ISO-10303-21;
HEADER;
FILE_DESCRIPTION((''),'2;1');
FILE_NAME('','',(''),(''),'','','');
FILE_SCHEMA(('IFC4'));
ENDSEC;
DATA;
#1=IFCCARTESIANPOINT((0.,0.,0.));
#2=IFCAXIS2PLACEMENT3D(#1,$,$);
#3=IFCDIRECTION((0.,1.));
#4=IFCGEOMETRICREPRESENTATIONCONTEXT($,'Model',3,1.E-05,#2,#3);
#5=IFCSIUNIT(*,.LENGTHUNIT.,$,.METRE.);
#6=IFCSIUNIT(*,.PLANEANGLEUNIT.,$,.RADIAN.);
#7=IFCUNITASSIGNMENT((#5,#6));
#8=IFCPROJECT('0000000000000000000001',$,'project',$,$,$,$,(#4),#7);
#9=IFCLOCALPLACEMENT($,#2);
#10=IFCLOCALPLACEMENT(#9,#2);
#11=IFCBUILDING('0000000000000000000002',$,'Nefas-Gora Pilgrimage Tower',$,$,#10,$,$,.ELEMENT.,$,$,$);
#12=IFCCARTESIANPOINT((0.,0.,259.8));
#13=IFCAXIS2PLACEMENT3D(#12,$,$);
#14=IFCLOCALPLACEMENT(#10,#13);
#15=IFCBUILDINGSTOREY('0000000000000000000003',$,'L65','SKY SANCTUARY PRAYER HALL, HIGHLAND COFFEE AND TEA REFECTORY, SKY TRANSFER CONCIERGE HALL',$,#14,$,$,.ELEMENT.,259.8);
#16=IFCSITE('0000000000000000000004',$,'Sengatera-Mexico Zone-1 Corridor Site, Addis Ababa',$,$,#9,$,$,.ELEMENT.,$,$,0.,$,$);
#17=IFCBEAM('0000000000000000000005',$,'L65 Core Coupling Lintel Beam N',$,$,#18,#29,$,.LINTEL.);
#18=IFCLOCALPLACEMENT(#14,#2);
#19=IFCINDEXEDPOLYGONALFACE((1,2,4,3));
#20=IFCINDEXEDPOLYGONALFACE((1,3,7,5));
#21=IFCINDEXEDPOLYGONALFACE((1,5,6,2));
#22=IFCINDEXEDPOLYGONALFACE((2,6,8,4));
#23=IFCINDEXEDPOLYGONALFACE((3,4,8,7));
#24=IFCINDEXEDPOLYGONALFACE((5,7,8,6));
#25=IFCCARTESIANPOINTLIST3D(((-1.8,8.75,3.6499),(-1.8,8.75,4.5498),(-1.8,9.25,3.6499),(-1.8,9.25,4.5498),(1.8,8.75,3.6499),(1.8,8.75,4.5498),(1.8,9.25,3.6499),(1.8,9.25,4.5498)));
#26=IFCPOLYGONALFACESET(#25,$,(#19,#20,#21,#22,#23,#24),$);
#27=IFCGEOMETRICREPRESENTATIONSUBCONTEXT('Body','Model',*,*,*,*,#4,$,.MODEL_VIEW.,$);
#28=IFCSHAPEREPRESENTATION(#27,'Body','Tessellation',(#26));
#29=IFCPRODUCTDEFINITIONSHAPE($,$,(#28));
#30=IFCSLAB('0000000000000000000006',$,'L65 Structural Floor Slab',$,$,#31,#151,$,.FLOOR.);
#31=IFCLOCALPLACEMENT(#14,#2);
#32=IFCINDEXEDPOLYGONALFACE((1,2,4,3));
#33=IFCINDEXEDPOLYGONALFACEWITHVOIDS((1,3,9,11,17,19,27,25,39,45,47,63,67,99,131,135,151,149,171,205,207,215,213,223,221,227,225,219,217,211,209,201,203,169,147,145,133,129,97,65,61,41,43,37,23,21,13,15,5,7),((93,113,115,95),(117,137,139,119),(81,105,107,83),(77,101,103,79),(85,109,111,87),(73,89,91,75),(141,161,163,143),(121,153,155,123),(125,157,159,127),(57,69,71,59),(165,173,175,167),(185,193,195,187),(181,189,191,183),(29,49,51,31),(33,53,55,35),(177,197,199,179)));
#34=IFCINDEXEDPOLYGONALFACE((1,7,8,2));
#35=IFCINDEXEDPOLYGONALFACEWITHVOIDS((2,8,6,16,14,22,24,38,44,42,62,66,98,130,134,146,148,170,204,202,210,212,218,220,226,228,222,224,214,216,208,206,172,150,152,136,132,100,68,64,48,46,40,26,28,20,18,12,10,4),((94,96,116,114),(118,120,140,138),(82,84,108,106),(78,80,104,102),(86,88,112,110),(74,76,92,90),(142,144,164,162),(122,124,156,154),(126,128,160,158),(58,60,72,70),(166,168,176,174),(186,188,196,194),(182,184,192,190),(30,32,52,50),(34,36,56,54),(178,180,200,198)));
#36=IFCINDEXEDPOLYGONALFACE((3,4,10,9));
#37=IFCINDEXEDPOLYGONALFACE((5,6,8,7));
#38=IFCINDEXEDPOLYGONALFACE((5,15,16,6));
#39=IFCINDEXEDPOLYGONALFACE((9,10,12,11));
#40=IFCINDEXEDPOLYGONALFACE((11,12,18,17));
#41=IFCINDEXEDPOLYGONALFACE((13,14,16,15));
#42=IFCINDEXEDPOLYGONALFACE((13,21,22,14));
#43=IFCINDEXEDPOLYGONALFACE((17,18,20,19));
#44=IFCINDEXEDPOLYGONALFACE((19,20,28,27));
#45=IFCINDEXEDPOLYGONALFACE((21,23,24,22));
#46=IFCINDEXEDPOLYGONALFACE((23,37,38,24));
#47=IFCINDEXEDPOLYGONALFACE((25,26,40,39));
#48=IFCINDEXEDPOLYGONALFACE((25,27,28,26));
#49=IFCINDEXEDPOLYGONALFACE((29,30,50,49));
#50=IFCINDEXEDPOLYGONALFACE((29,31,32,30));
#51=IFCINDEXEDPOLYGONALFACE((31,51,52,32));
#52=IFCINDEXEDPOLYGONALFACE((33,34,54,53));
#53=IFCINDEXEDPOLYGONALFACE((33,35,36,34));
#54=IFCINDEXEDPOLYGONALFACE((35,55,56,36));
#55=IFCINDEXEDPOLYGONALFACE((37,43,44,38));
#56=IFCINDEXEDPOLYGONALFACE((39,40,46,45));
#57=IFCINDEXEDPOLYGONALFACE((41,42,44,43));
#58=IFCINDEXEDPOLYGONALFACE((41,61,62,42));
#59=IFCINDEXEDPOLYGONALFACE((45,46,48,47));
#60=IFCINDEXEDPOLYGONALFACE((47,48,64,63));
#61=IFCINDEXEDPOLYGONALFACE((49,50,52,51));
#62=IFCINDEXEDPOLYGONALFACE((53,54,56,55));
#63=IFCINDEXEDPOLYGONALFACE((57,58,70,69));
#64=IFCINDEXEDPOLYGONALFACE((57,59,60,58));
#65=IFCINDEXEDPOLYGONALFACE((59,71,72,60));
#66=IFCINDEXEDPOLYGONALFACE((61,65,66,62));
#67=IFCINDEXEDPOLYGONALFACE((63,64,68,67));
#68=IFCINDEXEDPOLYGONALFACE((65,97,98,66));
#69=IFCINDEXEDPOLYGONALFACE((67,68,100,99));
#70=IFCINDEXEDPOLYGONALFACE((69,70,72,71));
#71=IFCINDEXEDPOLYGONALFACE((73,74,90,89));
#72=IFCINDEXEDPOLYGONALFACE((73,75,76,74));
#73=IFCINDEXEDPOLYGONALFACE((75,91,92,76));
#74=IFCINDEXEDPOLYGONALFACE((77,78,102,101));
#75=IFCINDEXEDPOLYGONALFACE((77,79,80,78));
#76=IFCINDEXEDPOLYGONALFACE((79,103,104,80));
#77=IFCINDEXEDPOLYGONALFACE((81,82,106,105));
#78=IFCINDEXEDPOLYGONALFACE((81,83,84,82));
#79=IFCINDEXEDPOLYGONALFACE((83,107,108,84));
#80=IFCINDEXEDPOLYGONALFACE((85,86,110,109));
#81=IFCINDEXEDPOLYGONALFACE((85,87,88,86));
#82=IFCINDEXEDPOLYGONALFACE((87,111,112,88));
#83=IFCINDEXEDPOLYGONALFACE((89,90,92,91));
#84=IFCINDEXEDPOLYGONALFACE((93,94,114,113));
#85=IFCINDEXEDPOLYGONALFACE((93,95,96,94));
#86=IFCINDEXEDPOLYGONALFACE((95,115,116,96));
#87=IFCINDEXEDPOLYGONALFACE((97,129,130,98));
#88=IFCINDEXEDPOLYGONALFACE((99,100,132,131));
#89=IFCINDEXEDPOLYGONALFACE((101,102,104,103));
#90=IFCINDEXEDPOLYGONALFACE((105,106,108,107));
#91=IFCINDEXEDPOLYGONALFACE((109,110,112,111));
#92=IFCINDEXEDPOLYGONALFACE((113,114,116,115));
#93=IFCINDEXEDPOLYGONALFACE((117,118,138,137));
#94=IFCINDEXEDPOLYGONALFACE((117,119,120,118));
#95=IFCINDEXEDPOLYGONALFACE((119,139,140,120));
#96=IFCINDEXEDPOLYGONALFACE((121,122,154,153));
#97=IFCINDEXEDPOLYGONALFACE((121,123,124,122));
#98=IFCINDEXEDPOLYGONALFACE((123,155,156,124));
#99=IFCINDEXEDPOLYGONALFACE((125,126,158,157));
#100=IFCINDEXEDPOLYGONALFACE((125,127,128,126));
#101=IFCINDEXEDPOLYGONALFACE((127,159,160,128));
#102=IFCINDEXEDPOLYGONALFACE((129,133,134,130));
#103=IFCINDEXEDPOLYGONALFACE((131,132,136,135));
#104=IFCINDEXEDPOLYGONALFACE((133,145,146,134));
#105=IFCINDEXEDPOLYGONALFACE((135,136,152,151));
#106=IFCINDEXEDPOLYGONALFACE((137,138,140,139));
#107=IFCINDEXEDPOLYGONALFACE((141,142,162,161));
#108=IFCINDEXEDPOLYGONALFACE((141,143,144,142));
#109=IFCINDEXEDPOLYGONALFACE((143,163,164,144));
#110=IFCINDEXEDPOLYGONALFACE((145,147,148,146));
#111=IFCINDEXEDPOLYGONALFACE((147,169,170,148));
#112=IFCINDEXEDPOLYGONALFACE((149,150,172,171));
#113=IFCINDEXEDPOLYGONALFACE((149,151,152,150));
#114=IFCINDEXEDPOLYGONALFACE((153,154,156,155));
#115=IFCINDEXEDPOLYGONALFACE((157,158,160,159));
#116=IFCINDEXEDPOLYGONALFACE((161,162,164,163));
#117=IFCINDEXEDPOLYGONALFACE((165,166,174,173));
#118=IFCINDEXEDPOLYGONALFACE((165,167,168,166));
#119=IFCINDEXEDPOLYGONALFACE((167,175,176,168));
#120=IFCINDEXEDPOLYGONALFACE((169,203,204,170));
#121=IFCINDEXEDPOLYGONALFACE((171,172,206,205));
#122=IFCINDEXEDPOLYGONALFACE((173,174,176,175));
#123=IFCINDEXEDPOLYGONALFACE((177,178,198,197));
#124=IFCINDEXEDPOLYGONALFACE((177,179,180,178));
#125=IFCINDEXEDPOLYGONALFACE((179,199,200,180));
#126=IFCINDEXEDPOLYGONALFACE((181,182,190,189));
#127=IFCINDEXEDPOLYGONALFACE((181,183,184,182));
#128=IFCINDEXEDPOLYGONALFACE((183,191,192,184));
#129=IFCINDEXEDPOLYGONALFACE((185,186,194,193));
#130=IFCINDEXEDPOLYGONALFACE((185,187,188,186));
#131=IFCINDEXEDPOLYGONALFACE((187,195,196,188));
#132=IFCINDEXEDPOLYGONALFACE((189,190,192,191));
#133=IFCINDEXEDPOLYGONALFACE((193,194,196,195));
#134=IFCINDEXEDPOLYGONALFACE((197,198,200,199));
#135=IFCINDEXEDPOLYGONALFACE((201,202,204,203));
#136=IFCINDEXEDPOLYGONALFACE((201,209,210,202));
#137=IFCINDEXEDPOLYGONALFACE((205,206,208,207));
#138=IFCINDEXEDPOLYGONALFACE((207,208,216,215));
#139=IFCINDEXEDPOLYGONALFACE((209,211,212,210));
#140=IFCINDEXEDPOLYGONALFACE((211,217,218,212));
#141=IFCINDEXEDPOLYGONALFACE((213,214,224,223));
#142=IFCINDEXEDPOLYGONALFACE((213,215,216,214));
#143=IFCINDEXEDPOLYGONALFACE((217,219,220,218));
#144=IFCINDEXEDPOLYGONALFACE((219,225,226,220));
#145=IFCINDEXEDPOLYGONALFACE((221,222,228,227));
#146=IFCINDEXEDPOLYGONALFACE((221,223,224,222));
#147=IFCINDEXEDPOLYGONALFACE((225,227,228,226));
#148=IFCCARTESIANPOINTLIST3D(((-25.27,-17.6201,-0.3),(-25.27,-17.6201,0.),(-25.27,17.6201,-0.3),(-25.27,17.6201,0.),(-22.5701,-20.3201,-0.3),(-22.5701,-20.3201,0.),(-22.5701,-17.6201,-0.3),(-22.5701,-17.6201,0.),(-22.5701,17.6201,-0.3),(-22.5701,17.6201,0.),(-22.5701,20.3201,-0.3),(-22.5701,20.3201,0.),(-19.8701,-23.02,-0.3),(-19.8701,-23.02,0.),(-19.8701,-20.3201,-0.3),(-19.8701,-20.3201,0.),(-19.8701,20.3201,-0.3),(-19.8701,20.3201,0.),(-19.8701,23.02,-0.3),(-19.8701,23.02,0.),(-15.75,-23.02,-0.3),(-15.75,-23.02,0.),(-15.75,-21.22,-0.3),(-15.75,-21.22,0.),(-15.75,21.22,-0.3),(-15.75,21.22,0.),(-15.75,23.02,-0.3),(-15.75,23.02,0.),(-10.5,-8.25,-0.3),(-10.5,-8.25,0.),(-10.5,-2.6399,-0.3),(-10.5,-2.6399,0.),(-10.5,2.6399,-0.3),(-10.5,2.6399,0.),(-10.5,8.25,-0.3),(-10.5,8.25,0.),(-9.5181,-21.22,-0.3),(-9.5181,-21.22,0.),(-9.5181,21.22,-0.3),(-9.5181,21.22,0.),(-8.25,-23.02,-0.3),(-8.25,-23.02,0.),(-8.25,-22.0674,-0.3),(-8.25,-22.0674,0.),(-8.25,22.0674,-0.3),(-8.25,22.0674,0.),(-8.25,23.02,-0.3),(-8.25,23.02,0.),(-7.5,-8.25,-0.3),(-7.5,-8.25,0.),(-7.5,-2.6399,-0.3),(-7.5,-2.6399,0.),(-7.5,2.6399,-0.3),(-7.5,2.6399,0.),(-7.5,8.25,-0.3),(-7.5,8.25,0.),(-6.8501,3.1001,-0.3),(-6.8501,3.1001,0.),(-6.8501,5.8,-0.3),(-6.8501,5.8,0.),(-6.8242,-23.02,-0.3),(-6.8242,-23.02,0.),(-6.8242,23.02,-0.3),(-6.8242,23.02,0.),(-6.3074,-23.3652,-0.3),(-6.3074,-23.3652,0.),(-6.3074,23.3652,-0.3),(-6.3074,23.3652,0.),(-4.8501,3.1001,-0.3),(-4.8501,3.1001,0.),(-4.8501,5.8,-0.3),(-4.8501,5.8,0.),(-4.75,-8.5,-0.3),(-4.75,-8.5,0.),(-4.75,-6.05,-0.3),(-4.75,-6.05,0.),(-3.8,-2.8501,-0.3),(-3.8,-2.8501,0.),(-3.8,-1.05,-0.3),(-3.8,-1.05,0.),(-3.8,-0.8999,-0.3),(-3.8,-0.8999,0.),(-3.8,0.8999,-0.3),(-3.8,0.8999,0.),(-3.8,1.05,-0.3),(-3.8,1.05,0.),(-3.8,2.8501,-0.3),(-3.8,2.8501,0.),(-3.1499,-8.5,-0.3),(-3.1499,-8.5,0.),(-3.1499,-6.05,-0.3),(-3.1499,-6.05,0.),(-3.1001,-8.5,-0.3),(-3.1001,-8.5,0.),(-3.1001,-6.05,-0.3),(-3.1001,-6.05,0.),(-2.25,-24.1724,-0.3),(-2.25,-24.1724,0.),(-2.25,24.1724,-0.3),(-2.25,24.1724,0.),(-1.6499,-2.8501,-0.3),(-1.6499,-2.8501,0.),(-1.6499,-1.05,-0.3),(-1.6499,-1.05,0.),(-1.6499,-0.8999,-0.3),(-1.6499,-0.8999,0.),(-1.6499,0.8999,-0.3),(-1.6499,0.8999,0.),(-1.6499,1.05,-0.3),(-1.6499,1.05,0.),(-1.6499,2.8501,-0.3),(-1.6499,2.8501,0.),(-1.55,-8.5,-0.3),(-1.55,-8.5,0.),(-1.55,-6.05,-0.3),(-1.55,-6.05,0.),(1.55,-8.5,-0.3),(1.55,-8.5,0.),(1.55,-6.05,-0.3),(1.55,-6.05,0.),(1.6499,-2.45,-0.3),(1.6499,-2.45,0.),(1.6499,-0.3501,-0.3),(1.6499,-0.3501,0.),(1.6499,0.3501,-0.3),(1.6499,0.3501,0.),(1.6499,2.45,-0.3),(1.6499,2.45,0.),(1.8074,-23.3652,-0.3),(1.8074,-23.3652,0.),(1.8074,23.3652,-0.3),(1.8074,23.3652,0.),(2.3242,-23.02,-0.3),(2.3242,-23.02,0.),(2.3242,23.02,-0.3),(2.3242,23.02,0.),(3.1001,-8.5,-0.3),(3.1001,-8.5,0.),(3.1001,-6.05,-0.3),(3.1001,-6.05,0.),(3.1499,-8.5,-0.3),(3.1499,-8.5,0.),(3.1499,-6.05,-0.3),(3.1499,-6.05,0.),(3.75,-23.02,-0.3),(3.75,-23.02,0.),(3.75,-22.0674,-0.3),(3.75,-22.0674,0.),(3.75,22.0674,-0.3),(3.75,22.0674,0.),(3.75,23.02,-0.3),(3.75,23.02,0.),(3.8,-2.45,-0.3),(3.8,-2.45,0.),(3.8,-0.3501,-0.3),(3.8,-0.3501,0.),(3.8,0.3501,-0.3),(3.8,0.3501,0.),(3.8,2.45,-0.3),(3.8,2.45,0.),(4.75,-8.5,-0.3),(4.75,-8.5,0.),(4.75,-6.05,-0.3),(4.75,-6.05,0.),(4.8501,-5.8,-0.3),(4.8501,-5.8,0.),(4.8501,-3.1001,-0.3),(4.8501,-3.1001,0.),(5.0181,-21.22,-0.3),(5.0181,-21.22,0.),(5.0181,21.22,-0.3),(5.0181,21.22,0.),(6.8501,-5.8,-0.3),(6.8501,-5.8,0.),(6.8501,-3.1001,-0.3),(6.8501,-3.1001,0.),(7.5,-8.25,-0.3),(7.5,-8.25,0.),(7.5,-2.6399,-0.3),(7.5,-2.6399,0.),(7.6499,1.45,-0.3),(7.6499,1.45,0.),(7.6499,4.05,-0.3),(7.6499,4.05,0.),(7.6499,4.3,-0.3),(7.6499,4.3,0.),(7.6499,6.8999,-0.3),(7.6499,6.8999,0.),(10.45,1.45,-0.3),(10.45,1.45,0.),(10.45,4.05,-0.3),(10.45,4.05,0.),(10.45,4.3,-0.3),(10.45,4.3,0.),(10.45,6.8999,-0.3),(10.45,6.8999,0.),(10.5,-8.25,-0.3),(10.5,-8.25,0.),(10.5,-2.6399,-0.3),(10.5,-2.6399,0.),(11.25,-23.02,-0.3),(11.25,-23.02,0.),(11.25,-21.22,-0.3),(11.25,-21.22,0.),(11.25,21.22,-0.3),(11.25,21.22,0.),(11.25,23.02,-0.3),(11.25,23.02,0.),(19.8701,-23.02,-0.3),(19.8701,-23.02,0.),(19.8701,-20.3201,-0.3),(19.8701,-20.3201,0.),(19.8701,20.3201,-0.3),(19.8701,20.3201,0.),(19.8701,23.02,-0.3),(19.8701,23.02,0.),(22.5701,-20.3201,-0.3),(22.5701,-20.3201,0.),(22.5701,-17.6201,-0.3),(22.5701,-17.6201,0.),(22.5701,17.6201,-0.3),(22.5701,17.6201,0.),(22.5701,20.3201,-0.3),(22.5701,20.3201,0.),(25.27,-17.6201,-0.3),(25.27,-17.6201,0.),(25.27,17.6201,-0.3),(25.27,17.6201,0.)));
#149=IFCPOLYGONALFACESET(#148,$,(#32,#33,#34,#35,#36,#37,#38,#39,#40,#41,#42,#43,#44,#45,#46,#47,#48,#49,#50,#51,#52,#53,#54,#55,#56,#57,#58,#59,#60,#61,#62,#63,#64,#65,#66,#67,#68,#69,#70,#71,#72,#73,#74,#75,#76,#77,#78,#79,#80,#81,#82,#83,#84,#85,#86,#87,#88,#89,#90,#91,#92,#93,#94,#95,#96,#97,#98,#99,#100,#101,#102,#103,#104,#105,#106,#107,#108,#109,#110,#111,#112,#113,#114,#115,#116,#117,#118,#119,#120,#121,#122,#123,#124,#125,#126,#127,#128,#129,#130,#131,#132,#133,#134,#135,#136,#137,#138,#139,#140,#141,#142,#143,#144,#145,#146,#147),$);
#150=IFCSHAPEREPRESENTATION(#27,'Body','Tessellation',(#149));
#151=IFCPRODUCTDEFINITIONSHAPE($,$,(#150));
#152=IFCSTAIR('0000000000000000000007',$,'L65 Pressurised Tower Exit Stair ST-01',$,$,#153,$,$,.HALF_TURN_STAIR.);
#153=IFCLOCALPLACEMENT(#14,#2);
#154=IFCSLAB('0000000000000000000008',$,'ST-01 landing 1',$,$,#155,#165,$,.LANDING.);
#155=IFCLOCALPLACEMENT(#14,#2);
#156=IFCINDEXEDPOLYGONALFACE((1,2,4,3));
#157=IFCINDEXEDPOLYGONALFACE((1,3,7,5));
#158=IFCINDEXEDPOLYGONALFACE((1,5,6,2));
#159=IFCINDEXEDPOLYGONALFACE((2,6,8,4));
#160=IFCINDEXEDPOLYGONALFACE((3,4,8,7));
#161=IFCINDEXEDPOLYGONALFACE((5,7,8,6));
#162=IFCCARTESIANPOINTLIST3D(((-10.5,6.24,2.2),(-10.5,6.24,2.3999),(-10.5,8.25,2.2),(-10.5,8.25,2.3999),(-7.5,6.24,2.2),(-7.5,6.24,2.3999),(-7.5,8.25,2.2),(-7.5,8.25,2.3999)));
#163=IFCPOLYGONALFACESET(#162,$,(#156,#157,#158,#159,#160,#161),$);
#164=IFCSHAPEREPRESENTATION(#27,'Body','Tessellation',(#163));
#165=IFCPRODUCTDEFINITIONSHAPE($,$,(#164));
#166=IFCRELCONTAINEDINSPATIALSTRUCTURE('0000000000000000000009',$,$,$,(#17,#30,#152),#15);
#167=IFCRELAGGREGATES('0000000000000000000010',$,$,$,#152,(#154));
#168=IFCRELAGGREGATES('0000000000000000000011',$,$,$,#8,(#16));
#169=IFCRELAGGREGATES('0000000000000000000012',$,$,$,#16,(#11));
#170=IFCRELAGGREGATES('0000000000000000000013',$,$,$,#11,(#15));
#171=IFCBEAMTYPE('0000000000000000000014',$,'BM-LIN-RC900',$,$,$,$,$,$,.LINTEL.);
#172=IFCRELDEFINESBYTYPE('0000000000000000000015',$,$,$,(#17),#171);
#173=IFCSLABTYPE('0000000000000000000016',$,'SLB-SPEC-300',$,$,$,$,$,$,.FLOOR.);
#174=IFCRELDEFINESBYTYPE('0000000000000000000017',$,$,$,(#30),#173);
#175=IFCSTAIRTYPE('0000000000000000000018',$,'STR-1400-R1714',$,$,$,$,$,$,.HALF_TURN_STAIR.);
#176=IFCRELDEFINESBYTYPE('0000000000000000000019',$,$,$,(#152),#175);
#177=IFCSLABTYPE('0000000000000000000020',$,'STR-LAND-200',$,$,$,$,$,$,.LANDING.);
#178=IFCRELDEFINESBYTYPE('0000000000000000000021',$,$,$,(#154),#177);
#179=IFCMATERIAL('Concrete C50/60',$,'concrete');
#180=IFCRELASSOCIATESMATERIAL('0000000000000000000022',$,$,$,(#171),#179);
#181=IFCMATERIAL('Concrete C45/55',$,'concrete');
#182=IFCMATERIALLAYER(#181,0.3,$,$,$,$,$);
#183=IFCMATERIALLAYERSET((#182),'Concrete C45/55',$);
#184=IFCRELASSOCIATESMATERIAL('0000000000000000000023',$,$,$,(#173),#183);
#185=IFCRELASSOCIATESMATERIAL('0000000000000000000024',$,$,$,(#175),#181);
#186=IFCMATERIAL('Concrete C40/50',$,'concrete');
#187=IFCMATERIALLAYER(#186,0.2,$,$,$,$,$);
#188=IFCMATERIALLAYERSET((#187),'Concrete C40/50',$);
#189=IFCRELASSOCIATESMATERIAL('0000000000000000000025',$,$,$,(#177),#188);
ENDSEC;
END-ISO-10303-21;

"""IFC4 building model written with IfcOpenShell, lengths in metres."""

from ifc_helpers import new_model, si_unit, direction, frame, origin, origin_2d, place, context, subcontext, project, spatial, polyline, rectangle, outline, extrude, source, transform, mapped, material, layer, layer_set, material_profile, profile_set, type_object, element, aggregate, save


model = new_model("IFC4")

# Units and contexts
model_context = context("Model", 3, precision=1e-05, world=origin(), true_north=direction((0.0, 1.0)))
body_context = subcontext(model_context, "Body", "Model", "MODEL_VIEW")
ifc_project = project(units=[si_unit("LENGTHUNIT", "METRE"), si_unit("PLANEANGLEUNIT", "RADIAN")], contexts=[model_context])

# Site, building, storey
site_placement = place(None, origin())
site = spatial("IfcSite", under=ifc_project, at=site_placement, Name="Sengatera-Mexico Zone-1 Corridor Site, Addis Ababa", CompositionType="ELEMENT", RefElevation=0.0)
building_placement = place(site_placement, origin())
building = spatial("IfcBuilding", under=site, at=building_placement, Name="Nefas-Gora Pilgrimage Tower", CompositionType="ELEMENT")
storey_placement = place(building_placement, frame((0.0, 0.0, 259.8)))
storey = spatial("IfcBuildingStorey", under=building, at=storey_placement, Name="L65", Description="SKY SANCTUARY PRAYER HALL, HIGHLAND COFFEE AND TEA REFECTORY, SKY TRANSFER CONCIERGE HALL", CompositionType="ELEMENT", Elevation=259.8)

# Beam
ifc_material_1 = material(Name="Concrete C50/60", Category="concrete")
ifc_material_profile = material_profile(ifc_material_1, rectangle(XDim=0.5, YDim=0.8999, at=origin_2d()), Name="RC 500x900")
ifc_profile_set = profile_set([ifc_material_profile], Name="Concrete C50/60")
beam_type = type_object("IfcBeamType", Name="BM-LIN-RC900", PredefinedType="LINTEL", material=ifc_profile_set)
shared_shape_1 = source(origin(), body_context, "Body", "SweptSolid", [
    extrude(rectangle(XDim=0.5, YDim=0.8999, at=origin_2d()), origin(), (0.0, 0.0, 1.0), 3.6001),
])
beam_placement = place(storey_placement, frame((-1.8, 9.0, 4.0999), z_axis=(1.0, 0.0, 0.0), x_axis=(0.0, 1.0, 0.0)))
element("IfcBeam", 1, at=beam_placement, inside=storey, type_object=beam_type, Name="L65 Core Coupling Lintel Beam N", PredefinedType="LINTEL", context=body_context, shape_type="MappedRepresentation", body=[
    mapped(shared_shape_1, transform((0.0, 0.0, 0.0), x_axis=(1.0, 0.0, 0.0), y_axis=(0.0, 1.0, 0.0), z_axis=(0.0, 0.0, 1.0), scale=1.0)),
])

# Slab
ifc_material_2 = material(Name="Concrete C45/55", Category="concrete")
ifc_layer_1 = layer(ifc_material_2, 0.3)
ifc_layer_set_1 = layer_set([ifc_layer_1], Name="Concrete C45/55")
slab_type_1 = type_object("IfcSlabType", Name="SLB-SPEC-300", PredefinedType="FLOOR", material=ifc_layer_set_1)
slab_1_placement = place(storey_placement, frame((0.0, 0.0, -0.3)))
element("IfcSlab", 2, at=slab_1_placement, inside=storey, type_object=slab_type_1, Name="L65 Structural Floor Slab", PredefinedType="FLOOR", context=body_context, shape_type="SweptSolid", body=[
    extrude(outline(polyline([(5.0181, -21.22), (11.25, -21.22), (11.25, -23.02), (19.8701, -23.02), (19.8701, -20.3201), (22.5701, -20.3201), (22.5701, -17.6201), (25.27, -17.6201), (25.27, 17.6201), (22.5701, 17.6201), (22.5701, 20.3201), (19.8701, 20.3201), (19.8701, 23.02), (11.25, 23.02), (11.25, 21.22), (5.0181, 21.22), (3.75, 22.0674), (3.75, 23.02), (2.3242, 23.02), (1.8074, 23.3652), (-2.25, 24.1724), (-6.3074, 23.3652), (-6.8242, 23.02), (-8.25, 23.02), (-8.25, 22.0674), (-9.5181, 21.22), (-15.75, 21.22), (-15.75, 23.02), (-19.8701, 23.02), (-19.8701, 20.3201), (-22.5701, 20.3201), (-22.5701, 17.6201), (-25.27, 17.6201), (-25.27, -17.6201), (-22.5701, -17.6201), (-22.5701, -20.3201), (-19.8701, -20.3201), (-19.8701, -23.02), (-15.75, -23.02), (-15.75, -21.22), (-9.5181, -21.22), (-8.25, -22.0674), (-8.25, -23.02), (-6.8242, -23.02), (-6.3074, -23.3652), (-2.25, -24.1724), (1.8074, -23.3652), (2.3242, -23.02), (3.75, -23.02), (3.75, -22.0674), (5.0181, -21.22)]), holes=[polyline([(-10.5, 2.6399), (-10.5, 8.25), (-7.5, 8.25), (-7.5, 2.6399), (-10.5, 2.6399)]), polyline([(10.5, -2.6399), (10.5, -8.25), (7.5, -8.25), (7.5, -2.6399), (10.5, -2.6399)]), polyline([(-7.5, -2.6399), (-7.5, -8.25), (-10.5, -8.25), (-10.5, -2.6399), (-7.5, -2.6399)]), polyline([(-6.8501, 5.8), (-4.8501, 5.8), (-4.8501, 3.1001), (-6.8501, 3.1001), (-6.8501, 5.8)]), polyline([(4.8501, -3.1001), (6.8501, -3.1001), (6.8501, -5.8), (4.8501, -5.8), (4.8501, -3.1001)]), polyline([(7.6499, 4.05), (10.45, 4.05), (10.45, 1.45), (7.6499, 1.45), (7.6499, 4.05)]), polyline([(7.6499, 6.8999), (10.45, 6.8999), (10.45, 4.3), (7.6499, 4.3), (7.6499, 6.8999)]), polyline([(-4.75, -6.05), (-3.1499, -6.05), (-3.1499, -8.5), (-4.75, -8.5), (-4.75, -6.05)]), polyline([(-3.1001, -6.05), (-1.55, -6.05), (-1.55, -8.5), (-3.1001, -8.5), (-3.1001, -6.05)]), polyline([(1.55, -6.05), (3.1001, -6.05), (3.1001, -8.5), (1.55, -8.5), (1.55, -6.05)]), polyline([(3.1499, -6.05), (4.75, -6.05), (4.75, -8.5), (3.1499, -8.5), (3.1499, -6.05)]), polyline([(-3.8, -1.05), (-1.6499, -1.05), (-1.6499, -2.8501), (-3.8, -2.8501), (-3.8, -1.05)]), polyline([(-3.8, 0.8999), (-1.6499, 0.8999), (-1.6499, -0.8999), (-3.8, -0.8999), (-3.8, 0.8999)]), polyline([(-3.8, 2.8501), (-1.6499, 2.8501), (-1.6499, 1.05), (-3.8, 1.05), (-3.8, 2.8501)]), polyline([(1.6499, -0.3501), (3.8, -0.3501), (3.8, -2.45), (1.6499, -2.45), (1.6499, -0.3501)]), polyline([(1.6499, 2.45), (3.8, 2.45), (3.8, 0.3501), (1.6499, 0.3501), (1.6499, 2.45)])]), origin(), (0.0, 0.0, 1.0), 0.3),
])

# Stair, slab
stair_type = type_object("IfcStairType", Name="STR-1400-R1714", PredefinedType="HALF_TURN_STAIR", material=ifc_material_2)
stair_placement = place(storey_placement, origin())
stair = element("IfcStair", 3, at=stair_placement, inside=storey, type_object=stair_type, Name="L65 Pressurised Tower Exit Stair ST-01", PredefinedType="HALF_TURN_STAIR")
ifc_material_3 = material(Name="Concrete C40/50", Category="concrete")
ifc_layer_2 = layer(ifc_material_3, 0.2)
ifc_layer_set_2 = layer_set([ifc_layer_2], Name="Concrete C40/50")
slab_type_2 = type_object("IfcSlabType", Name="STR-LAND-200", PredefinedType="LANDING", material=ifc_layer_set_2)
slab_2_placement = place(storey_placement, frame((0.0, 0.0, 2.2)))
slab_2 = element("IfcSlab", 4, at=slab_2_placement, type_object=slab_type_2, Name="ST-01 landing 1", PredefinedType="LANDING", context=body_context, shape_type="SweptSolid", body=[
    extrude(outline(polyline([(-7.5, 6.24), (-7.5, 8.25), (-10.5, 8.25), (-10.5, 6.24), (-7.5, 6.24)])), origin(), (0.0, 0.0, 1.0), 0.2),
])

aggregate(stair, [slab_2])

save(model, "model.ifc")
